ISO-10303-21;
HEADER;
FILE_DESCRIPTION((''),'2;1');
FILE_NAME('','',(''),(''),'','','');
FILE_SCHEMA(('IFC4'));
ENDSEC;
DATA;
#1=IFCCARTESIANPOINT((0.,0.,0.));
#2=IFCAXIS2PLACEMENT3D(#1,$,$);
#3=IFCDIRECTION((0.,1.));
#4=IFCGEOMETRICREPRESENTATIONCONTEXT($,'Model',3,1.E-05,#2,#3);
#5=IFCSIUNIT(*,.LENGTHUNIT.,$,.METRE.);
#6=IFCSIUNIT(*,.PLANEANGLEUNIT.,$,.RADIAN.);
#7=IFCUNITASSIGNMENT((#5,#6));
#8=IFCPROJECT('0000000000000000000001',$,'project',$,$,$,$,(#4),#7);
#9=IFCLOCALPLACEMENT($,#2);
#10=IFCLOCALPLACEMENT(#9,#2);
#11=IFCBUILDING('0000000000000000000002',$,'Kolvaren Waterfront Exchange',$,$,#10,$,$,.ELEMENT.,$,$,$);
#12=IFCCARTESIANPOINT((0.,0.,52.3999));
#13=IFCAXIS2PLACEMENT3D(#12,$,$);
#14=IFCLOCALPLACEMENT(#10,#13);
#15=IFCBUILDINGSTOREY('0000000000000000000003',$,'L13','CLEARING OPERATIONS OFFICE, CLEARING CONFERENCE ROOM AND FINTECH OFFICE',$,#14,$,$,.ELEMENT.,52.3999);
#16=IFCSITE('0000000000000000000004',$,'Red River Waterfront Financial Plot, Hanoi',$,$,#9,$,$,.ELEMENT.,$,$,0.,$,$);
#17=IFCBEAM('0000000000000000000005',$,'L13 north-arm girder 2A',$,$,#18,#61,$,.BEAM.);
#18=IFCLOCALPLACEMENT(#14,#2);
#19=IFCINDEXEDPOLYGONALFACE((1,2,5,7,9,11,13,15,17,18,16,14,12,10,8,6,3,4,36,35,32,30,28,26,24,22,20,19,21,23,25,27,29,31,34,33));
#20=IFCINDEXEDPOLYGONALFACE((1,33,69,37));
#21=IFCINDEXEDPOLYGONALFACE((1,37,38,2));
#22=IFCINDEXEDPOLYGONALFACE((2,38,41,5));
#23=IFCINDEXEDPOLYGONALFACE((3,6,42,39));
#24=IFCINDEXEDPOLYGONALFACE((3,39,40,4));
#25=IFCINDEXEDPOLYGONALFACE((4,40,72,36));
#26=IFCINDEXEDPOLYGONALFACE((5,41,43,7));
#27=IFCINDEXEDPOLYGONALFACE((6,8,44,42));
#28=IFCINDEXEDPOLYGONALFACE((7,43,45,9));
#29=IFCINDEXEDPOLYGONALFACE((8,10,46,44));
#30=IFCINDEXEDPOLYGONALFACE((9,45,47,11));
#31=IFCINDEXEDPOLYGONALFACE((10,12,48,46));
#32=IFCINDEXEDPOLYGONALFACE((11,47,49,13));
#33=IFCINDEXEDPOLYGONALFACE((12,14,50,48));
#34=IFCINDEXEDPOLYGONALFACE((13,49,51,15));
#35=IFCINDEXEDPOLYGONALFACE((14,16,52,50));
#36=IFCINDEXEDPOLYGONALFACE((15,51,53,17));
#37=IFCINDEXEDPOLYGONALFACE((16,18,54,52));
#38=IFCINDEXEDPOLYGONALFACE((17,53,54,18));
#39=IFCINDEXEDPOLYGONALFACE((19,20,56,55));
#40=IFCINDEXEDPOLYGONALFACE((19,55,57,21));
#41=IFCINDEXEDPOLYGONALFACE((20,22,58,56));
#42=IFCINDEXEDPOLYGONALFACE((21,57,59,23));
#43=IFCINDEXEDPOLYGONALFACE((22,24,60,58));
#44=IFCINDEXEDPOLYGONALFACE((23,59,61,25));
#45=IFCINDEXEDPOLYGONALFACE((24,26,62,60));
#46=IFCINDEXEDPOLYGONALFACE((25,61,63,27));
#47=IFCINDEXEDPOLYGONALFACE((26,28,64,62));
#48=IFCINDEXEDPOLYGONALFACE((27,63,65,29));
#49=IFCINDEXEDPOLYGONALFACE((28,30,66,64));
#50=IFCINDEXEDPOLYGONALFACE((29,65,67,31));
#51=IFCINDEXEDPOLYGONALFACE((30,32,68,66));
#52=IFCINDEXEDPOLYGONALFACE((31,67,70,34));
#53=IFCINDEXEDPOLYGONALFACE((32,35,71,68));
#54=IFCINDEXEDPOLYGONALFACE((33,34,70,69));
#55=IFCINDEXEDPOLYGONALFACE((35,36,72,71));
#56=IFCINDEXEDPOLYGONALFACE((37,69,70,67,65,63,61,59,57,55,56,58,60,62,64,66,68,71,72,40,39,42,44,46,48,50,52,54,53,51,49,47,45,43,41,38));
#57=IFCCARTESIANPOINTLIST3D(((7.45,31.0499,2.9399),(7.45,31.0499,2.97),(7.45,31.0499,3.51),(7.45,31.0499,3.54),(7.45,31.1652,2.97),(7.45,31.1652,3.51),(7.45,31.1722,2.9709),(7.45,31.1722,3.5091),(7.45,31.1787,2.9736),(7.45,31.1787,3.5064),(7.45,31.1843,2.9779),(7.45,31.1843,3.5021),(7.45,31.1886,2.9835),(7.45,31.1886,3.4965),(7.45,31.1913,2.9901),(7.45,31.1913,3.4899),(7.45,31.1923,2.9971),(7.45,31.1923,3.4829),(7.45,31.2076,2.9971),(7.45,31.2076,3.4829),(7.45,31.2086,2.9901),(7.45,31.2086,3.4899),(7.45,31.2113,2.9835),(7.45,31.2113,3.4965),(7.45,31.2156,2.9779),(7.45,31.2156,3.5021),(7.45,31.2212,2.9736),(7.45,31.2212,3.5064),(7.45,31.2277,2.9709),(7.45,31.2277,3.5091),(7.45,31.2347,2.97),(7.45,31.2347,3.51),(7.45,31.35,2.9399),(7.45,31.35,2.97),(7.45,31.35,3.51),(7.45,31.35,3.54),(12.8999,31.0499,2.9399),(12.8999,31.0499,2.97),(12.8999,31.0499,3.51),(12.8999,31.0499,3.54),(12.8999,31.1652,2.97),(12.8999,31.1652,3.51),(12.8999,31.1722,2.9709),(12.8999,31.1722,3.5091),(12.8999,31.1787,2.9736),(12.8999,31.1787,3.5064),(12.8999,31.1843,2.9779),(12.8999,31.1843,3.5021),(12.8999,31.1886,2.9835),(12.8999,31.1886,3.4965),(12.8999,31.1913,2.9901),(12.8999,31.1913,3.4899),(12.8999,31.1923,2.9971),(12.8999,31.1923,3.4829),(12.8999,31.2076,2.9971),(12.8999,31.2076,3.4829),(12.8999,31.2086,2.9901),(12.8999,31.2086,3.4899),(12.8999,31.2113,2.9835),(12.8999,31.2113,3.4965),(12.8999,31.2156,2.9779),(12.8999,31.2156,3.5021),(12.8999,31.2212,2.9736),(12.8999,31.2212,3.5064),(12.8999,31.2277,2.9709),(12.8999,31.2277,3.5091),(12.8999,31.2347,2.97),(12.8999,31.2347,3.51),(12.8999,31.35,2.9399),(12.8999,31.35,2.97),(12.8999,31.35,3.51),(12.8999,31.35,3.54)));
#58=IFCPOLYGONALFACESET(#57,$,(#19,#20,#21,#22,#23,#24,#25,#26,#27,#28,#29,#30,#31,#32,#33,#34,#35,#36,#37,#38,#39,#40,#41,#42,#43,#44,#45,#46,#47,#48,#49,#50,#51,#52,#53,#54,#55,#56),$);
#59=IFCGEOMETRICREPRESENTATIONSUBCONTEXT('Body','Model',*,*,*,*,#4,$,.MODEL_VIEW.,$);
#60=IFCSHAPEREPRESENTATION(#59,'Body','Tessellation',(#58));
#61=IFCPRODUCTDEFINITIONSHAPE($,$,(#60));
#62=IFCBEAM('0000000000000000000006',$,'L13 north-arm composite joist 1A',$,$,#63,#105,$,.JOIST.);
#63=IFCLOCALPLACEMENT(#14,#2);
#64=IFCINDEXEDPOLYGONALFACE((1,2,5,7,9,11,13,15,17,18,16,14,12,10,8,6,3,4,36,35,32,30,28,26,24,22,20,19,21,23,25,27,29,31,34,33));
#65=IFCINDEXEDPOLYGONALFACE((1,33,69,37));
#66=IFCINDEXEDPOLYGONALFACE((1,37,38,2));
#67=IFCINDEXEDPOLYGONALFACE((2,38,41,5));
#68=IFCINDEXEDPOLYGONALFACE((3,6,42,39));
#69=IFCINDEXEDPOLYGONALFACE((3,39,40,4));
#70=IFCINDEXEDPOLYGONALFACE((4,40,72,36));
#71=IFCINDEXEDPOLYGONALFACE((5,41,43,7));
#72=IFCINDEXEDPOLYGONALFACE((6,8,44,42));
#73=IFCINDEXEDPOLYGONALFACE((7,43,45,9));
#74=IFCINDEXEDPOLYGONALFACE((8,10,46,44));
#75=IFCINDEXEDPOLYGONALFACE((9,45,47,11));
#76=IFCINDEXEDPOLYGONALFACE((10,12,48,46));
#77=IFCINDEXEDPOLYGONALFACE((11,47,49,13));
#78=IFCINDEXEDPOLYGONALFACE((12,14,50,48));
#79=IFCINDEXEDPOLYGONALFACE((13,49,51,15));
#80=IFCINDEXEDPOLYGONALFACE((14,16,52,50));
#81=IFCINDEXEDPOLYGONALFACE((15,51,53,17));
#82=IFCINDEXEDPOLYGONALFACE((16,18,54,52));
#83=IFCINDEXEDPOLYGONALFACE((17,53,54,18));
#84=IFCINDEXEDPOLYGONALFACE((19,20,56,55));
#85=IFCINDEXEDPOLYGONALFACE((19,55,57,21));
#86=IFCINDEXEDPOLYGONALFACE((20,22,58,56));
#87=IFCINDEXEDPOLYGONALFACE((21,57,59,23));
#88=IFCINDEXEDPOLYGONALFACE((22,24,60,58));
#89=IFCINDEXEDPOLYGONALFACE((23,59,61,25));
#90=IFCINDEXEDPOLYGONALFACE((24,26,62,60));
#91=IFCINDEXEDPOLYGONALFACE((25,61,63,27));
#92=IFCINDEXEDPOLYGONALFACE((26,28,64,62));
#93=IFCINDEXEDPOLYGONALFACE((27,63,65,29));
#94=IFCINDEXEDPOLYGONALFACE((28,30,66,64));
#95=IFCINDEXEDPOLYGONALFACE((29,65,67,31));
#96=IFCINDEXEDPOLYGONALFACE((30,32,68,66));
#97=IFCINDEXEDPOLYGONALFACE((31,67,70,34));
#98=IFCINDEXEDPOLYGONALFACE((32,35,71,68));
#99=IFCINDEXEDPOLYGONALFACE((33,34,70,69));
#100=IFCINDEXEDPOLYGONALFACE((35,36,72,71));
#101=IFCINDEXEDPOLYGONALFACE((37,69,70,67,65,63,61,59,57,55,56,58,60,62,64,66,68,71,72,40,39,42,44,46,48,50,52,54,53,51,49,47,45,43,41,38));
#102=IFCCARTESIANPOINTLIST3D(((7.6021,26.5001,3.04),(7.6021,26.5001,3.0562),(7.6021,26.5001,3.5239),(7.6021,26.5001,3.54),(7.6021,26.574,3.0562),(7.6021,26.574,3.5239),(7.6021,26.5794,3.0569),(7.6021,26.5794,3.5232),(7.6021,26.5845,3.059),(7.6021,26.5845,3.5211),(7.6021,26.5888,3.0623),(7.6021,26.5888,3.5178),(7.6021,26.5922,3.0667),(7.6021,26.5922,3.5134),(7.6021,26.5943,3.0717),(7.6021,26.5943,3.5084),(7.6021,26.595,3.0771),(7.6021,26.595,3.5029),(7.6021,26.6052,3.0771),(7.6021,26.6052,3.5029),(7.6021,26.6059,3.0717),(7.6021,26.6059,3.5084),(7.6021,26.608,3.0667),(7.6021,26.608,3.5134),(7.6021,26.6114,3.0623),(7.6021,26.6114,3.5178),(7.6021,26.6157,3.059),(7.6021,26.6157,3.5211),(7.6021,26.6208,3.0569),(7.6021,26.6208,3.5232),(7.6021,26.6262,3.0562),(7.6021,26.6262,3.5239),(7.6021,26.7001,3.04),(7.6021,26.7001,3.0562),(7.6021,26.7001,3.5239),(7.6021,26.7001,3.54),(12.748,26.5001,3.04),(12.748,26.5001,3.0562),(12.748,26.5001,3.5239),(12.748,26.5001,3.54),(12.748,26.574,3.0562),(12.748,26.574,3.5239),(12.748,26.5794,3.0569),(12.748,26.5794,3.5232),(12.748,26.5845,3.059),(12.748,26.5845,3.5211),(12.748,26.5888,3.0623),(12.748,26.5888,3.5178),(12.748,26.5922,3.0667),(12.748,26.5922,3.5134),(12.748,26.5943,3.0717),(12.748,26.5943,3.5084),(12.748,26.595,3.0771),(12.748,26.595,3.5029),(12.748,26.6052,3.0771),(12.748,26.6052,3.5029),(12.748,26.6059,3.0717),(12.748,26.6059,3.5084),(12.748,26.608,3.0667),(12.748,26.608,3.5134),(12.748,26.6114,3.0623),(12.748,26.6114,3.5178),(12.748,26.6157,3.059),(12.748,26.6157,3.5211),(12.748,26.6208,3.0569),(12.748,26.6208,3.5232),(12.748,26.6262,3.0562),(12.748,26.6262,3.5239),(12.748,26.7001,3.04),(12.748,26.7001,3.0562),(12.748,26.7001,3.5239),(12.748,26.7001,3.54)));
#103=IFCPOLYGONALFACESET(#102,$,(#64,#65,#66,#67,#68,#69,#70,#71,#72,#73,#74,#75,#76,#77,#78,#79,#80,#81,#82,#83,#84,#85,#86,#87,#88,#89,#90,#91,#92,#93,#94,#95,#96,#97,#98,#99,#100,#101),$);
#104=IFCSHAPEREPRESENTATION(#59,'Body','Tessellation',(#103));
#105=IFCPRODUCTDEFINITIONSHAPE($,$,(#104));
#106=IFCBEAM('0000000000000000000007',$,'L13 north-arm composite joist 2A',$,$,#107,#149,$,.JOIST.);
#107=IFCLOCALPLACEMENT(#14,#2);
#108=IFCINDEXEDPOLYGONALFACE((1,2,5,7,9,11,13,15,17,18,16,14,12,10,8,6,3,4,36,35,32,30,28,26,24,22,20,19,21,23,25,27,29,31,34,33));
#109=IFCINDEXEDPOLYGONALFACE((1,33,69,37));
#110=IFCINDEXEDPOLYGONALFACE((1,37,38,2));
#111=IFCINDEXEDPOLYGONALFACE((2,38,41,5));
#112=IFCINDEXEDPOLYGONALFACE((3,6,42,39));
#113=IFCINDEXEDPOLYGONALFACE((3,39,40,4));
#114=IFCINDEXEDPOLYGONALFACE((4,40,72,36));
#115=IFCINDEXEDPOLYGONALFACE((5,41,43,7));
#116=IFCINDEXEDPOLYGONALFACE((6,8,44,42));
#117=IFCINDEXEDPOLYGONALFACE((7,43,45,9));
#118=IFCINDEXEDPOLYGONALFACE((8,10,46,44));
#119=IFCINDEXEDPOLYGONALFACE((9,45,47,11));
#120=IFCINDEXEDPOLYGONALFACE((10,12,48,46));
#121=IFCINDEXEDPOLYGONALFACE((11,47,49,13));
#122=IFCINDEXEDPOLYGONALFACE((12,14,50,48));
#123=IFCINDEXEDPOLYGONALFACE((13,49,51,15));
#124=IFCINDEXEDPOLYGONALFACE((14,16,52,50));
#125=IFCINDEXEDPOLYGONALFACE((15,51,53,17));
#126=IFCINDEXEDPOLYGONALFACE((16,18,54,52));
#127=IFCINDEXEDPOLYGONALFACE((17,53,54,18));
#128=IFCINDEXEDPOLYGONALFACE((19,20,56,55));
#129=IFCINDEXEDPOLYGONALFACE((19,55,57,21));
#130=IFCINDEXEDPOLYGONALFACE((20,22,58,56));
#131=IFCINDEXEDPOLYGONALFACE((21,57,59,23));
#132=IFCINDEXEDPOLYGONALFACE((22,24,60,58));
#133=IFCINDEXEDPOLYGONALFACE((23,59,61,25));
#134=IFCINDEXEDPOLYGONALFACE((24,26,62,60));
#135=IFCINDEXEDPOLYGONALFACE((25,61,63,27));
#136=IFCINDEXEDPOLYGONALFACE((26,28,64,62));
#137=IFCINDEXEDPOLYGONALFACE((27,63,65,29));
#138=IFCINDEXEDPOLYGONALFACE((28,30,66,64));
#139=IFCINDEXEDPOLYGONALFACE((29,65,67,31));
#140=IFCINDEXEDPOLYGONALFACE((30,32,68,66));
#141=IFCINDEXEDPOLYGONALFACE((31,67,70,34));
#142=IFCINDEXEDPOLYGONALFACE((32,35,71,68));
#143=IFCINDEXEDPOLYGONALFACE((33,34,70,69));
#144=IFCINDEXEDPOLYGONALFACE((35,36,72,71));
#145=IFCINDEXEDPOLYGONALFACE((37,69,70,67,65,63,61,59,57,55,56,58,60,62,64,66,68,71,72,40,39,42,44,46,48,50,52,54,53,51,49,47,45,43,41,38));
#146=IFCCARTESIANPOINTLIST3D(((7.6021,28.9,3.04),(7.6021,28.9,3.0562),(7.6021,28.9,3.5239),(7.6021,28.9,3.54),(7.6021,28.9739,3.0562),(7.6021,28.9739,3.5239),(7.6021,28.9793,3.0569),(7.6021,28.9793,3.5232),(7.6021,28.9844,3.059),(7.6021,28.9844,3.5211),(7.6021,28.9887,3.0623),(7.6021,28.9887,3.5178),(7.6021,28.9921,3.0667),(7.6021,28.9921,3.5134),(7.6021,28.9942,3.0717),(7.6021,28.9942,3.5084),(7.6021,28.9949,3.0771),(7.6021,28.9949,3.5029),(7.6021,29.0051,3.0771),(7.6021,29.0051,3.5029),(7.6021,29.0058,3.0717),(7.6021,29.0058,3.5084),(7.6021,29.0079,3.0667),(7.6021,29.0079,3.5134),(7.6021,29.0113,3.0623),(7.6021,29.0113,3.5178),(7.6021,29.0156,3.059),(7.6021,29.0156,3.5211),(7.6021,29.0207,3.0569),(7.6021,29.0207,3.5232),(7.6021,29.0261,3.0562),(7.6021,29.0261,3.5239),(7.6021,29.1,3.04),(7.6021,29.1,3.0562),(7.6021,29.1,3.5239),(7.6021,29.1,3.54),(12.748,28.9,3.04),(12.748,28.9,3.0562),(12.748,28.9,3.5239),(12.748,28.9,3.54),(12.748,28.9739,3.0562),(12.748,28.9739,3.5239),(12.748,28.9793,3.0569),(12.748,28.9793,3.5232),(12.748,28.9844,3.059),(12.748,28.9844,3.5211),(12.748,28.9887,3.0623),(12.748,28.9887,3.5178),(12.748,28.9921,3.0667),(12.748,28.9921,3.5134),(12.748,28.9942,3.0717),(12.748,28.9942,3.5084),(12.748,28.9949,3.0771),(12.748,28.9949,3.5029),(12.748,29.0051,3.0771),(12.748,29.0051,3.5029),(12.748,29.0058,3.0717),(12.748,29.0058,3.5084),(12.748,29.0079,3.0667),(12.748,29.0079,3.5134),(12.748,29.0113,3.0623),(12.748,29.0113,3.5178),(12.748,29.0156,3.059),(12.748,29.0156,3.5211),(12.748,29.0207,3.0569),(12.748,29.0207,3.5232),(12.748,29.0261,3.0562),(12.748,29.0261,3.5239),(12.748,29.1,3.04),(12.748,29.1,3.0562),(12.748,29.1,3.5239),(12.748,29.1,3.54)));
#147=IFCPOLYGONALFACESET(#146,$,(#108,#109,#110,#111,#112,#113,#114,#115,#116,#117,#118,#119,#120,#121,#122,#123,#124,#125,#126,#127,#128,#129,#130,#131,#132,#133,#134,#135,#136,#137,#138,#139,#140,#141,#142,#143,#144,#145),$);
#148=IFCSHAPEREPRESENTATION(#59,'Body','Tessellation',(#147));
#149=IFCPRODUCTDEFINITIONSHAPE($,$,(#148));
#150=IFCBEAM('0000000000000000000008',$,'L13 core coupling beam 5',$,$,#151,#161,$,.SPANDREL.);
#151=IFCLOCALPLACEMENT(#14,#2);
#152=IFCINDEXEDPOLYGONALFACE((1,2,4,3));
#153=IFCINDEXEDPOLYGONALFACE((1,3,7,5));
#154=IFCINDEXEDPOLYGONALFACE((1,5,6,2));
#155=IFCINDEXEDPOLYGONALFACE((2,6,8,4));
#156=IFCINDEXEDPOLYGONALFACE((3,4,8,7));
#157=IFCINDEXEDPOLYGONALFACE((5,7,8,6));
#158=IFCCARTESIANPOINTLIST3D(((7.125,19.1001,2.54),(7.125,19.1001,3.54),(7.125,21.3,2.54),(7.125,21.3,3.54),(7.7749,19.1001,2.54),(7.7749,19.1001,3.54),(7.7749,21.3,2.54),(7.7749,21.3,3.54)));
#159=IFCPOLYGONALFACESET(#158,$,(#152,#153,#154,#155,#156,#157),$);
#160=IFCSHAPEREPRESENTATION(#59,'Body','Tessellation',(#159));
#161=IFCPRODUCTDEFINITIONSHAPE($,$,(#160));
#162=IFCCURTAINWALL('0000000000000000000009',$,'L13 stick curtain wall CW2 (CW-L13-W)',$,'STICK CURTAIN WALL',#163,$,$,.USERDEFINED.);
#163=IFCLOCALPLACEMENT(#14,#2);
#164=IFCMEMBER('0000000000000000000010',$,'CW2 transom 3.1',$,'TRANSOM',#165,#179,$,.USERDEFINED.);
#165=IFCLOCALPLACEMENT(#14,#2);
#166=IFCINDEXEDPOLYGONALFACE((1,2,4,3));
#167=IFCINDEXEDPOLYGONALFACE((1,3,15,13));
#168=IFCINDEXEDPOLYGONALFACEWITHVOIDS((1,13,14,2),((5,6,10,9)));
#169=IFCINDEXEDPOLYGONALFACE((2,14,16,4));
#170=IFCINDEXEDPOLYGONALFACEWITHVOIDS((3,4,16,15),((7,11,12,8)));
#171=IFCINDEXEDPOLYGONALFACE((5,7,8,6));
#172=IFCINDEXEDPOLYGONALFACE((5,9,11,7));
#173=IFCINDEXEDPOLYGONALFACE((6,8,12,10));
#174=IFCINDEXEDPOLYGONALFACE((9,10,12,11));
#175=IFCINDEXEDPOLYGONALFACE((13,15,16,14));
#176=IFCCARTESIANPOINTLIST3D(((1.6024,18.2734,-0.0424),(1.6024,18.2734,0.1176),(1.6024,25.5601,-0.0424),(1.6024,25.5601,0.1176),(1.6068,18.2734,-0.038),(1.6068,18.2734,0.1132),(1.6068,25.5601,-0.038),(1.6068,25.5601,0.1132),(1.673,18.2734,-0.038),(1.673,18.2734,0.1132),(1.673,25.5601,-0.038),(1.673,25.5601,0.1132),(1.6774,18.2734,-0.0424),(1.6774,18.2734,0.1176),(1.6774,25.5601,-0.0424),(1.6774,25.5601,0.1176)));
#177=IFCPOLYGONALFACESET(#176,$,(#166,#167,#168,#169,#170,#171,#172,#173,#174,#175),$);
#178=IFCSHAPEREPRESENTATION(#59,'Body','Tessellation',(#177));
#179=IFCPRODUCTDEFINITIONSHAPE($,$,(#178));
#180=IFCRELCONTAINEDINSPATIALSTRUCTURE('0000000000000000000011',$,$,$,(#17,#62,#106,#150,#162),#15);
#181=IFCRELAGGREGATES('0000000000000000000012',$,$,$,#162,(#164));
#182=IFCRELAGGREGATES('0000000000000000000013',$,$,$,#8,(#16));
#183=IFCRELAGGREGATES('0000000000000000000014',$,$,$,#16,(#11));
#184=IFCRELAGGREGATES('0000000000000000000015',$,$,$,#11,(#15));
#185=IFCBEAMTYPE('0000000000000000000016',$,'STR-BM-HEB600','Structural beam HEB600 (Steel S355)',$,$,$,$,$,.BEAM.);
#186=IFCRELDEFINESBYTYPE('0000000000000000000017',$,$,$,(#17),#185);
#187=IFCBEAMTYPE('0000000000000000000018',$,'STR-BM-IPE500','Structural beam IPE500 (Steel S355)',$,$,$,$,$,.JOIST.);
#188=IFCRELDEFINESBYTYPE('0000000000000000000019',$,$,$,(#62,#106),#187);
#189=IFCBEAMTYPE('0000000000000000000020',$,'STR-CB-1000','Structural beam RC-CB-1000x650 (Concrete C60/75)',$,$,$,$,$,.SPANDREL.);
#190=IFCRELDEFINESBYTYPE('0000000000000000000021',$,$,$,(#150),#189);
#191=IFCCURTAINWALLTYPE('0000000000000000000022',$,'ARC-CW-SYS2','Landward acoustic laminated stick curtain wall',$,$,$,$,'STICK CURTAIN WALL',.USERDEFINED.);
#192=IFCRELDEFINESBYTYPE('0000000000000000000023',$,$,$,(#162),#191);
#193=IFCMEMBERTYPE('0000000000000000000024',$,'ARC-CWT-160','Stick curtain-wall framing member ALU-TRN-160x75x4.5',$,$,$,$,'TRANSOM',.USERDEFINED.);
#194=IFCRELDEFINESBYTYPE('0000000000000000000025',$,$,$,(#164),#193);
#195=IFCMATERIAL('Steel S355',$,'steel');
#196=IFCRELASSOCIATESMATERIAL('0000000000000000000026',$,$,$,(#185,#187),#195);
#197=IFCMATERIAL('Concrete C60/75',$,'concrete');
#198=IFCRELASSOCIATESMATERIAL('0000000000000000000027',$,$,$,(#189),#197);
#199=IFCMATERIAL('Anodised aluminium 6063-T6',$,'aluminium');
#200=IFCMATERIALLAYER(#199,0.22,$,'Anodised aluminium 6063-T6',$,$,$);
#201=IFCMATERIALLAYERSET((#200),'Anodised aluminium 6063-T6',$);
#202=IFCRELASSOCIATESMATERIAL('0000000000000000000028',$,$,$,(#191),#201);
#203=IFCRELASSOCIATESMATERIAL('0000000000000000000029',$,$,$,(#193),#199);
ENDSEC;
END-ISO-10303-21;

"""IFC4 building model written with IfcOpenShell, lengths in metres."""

from ifc_helpers import new_model, si_unit, direction, frame, origin, origin_with_axes, origin_2d, place, context, subcontext, project, spatial, rectangle, hollow_rectangle, i_section, extrude, source, transform, mapped, material, layer, layer_set, material_profile, profile_set, type_object, element, aggregate, save


model = new_model("IFC4")

# Units and contexts
model_context = context("Model", 3, precision=1e-05, world=origin(), true_north=direction((0.0, 1.0)))
body_context = subcontext(model_context, "Body", "Model", "MODEL_VIEW")
ifc_project = project(units=[si_unit("LENGTHUNIT", "METRE"), si_unit("PLANEANGLEUNIT", "RADIAN")], contexts=[model_context])

# Site, building, storey
site_placement = place(None, origin())
site = spatial("IfcSite", under=ifc_project, at=site_placement, Name="Red River Waterfront Financial Plot, Hanoi", CompositionType="ELEMENT", RefElevation=0.0)
building_placement = place(site_placement, origin())
building = spatial("IfcBuilding", under=site, at=building_placement, Name="Kolvaren Waterfront Exchange", CompositionType="ELEMENT")
storey_placement = place(building_placement, frame((0.0, 0.0, 52.3999)))
storey = spatial("IfcBuildingStorey", under=building, at=storey_placement, Name="L13", Description="CLEARING OPERATIONS OFFICE, CLEARING CONFERENCE ROOM AND FINTECH OFFICE", CompositionType="ELEMENT", Elevation=52.3999)

# Beams
ifc_material_1 = material(Name="Steel S355", Category="steel")
ifc_material_profile_1 = material_profile(ifc_material_1, i_section(OverallWidth=0.3, OverallDepth=0.6001, WebThickness=0.0154, FlangeThickness=0.03, FilletRadius=0.0271, at=origin_2d()), Name="HEB600")
ifc_profile_set_1 = profile_set([ifc_material_profile_1], Name="Steel S355")
beam_type_1 = type_object("IfcBeamType", Name="STR-BM-HEB600", Description="Structural beam HEB600 (Steel S355)", PredefinedType="BEAM", material=ifc_profile_set_1)
for number, where, z_axis, x_axis, name in (
    (1, (7.45, 31.2, 3.24), (1.0, 0.0, 0.0), (0.0, 1.0, 0.0), "L13 north-arm girder 2A"),
):
    element("IfcBeam", number, at=place(storey_placement, frame(where, z_axis=z_axis, x_axis=x_axis)), inside=storey, type_object=beam_type_1, Name=name, PredefinedType="BEAM", context=body_context, shape_type="SweptSolid", body=[
        extrude(i_section(OverallWidth=0.3, OverallDepth=0.6001, WebThickness=0.0154, FlangeThickness=0.03, FilletRadius=0.0271, at=origin_2d()), origin(), (0.0, 0.0, 1.0), 5.45),
    ])
ifc_material_profile_2 = material_profile(ifc_material_1, i_section(OverallWidth=0.2, OverallDepth=0.5, WebThickness=0.0103, FlangeThickness=0.0161, FilletRadius=0.021, at=origin_2d()), Name="IPE500")
ifc_profile_set_2 = profile_set([ifc_material_profile_2], Name="Steel S355")
beam_type_2 = type_object("IfcBeamType", Name="STR-BM-IPE500", Description="Structural beam IPE500 (Steel S355)", PredefinedType="JOIST", material=ifc_profile_set_2)
for number, where, z_axis, x_axis, name in (
    (2, (7.6021, 26.6001, 3.29), (1.0, 0.0, 0.0), (0.0, 1.0, 0.0), "L13 north-arm composite joist 1A"),
    (3, (7.6021, 29.0, 3.29), (1.0, 0.0, 0.0), (0.0, 1.0, 0.0), "L13 north-arm composite joist 2A"),
):
    element("IfcBeam", number, at=place(storey_placement, frame(where, z_axis=z_axis, x_axis=x_axis)), inside=storey, type_object=beam_type_2, Name=name, PredefinedType="JOIST", context=body_context, shape_type="SweptSolid", body=[
        extrude(i_section(OverallWidth=0.2, OverallDepth=0.5, WebThickness=0.0103, FlangeThickness=0.0161, FilletRadius=0.021, at=origin_2d()), origin(), (0.0, 0.0, 1.0), 5.146),
    ])
ifc_material_2 = material(Name="Concrete C60/75", Category="concrete")
ifc_material_profile_3 = material_profile(ifc_material_2, rectangle(XDim=0.6499, YDim=1.0, at=origin_2d()), Name="RC-CB-1000x650")
ifc_profile_set_3 = profile_set([ifc_material_profile_3], Name="Concrete C60/75")
beam_type_3 = type_object("IfcBeamType", Name="STR-CB-1000", Description="Structural beam RC-CB-1000x650 (Concrete C60/75)", PredefinedType="SPANDREL", material=ifc_profile_set_3)
beam_1_placement = place(storey_placement, frame((7.45, 19.1001, 3.04), z_axis=(0.0, 1.0, 0.0), x_axis=(-1.0, 0.0, 0.0)))
element("IfcBeam", 4, at=beam_1_placement, inside=storey, type_object=beam_type_3, Name="L13 core coupling beam 5", PredefinedType="SPANDREL", context=body_context, shape_type="SweptSolid", body=[
    extrude(rectangle(XDim=0.6499, YDim=1.0, at=origin_2d()), origin(), (0.0, 0.0, 1.0), 2.2),
])

# Curtain wall, member
ifc_material_3 = material(Name="Anodised aluminium 6063-T6", Category="aluminium")
ifc_layer_1 = layer(ifc_material_3, 0.22, Name="Anodised aluminium 6063-T6")
ifc_layer_set_1 = layer_set([ifc_layer_1], Name="Anodised aluminium 6063-T6")
curtain_wall_type = type_object("IfcCurtainWallType", Name="ARC-CW-SYS2", Description="Landward acoustic laminated stick curtain wall", ElementType="STICK CURTAIN WALL", PredefinedType="USERDEFINED", material=ifc_layer_set_1)
curtain_wall_placement = place(storey_placement, origin())
curtain_wall = element("IfcCurtainWall", 5, at=curtain_wall_placement, inside=storey, type_object=curtain_wall_type, Name="L13 stick curtain wall CW2 (CW-L13-W)", ObjectType="STICK CURTAIN WALL", PredefinedType="USERDEFINED")
ifc_material_profile_4 = material_profile(ifc_material_3, hollow_rectangle(XDim=0.075, YDim=0.1599, WallThickness=0.0044, at=origin_2d()), Name="ALU-TRN-160x75x4.5")
ifc_profile_set_4 = profile_set([ifc_material_profile_4], Name="Anodised aluminium 6063-T6")
member_type_1 = type_object("IfcMemberType", Name="ARC-CWT-160", Description="Stick curtain-wall framing member ALU-TRN-160x75x4.5", ElementType="TRANSOM", PredefinedType="USERDEFINED", material=ifc_profile_set_4)
shared_shape_1 = source(origin_with_axes(), body_context, "Body", "SweptSolid", [
    extrude(hollow_rectangle(XDim=0.075, YDim=0.1599, WallThickness=0.0044, at=origin_2d()), origin(), (0.0, 0.0, 1.0), 7.2866),
])
member_1_placement = place(storey_placement, frame((1.6399, 18.2734, 0.0376), z_axis=(0.0, 1.0, 0.0), x_axis=(-1.0, 0.0, 0.0)))
member_1 = element("IfcMember", 6, at=member_1_placement, type_object=member_type_1, Name="CW2 transom 3.1", ObjectType="TRANSOM", PredefinedType="USERDEFINED", context=body_context, shape_type="MappedRepresentation", body=[
    mapped(shared_shape_1, transform((0.0, 0.0, 0.0), x_axis=(1.0, 0.0, 0.0), y_axis=(0.0, 1.0, 0.0), z_axis=(0.0, 0.0, 1.0), scale=1.0)),
])
aggregate(curtain_wall, [member_1])

save(model, "model.ifc")
